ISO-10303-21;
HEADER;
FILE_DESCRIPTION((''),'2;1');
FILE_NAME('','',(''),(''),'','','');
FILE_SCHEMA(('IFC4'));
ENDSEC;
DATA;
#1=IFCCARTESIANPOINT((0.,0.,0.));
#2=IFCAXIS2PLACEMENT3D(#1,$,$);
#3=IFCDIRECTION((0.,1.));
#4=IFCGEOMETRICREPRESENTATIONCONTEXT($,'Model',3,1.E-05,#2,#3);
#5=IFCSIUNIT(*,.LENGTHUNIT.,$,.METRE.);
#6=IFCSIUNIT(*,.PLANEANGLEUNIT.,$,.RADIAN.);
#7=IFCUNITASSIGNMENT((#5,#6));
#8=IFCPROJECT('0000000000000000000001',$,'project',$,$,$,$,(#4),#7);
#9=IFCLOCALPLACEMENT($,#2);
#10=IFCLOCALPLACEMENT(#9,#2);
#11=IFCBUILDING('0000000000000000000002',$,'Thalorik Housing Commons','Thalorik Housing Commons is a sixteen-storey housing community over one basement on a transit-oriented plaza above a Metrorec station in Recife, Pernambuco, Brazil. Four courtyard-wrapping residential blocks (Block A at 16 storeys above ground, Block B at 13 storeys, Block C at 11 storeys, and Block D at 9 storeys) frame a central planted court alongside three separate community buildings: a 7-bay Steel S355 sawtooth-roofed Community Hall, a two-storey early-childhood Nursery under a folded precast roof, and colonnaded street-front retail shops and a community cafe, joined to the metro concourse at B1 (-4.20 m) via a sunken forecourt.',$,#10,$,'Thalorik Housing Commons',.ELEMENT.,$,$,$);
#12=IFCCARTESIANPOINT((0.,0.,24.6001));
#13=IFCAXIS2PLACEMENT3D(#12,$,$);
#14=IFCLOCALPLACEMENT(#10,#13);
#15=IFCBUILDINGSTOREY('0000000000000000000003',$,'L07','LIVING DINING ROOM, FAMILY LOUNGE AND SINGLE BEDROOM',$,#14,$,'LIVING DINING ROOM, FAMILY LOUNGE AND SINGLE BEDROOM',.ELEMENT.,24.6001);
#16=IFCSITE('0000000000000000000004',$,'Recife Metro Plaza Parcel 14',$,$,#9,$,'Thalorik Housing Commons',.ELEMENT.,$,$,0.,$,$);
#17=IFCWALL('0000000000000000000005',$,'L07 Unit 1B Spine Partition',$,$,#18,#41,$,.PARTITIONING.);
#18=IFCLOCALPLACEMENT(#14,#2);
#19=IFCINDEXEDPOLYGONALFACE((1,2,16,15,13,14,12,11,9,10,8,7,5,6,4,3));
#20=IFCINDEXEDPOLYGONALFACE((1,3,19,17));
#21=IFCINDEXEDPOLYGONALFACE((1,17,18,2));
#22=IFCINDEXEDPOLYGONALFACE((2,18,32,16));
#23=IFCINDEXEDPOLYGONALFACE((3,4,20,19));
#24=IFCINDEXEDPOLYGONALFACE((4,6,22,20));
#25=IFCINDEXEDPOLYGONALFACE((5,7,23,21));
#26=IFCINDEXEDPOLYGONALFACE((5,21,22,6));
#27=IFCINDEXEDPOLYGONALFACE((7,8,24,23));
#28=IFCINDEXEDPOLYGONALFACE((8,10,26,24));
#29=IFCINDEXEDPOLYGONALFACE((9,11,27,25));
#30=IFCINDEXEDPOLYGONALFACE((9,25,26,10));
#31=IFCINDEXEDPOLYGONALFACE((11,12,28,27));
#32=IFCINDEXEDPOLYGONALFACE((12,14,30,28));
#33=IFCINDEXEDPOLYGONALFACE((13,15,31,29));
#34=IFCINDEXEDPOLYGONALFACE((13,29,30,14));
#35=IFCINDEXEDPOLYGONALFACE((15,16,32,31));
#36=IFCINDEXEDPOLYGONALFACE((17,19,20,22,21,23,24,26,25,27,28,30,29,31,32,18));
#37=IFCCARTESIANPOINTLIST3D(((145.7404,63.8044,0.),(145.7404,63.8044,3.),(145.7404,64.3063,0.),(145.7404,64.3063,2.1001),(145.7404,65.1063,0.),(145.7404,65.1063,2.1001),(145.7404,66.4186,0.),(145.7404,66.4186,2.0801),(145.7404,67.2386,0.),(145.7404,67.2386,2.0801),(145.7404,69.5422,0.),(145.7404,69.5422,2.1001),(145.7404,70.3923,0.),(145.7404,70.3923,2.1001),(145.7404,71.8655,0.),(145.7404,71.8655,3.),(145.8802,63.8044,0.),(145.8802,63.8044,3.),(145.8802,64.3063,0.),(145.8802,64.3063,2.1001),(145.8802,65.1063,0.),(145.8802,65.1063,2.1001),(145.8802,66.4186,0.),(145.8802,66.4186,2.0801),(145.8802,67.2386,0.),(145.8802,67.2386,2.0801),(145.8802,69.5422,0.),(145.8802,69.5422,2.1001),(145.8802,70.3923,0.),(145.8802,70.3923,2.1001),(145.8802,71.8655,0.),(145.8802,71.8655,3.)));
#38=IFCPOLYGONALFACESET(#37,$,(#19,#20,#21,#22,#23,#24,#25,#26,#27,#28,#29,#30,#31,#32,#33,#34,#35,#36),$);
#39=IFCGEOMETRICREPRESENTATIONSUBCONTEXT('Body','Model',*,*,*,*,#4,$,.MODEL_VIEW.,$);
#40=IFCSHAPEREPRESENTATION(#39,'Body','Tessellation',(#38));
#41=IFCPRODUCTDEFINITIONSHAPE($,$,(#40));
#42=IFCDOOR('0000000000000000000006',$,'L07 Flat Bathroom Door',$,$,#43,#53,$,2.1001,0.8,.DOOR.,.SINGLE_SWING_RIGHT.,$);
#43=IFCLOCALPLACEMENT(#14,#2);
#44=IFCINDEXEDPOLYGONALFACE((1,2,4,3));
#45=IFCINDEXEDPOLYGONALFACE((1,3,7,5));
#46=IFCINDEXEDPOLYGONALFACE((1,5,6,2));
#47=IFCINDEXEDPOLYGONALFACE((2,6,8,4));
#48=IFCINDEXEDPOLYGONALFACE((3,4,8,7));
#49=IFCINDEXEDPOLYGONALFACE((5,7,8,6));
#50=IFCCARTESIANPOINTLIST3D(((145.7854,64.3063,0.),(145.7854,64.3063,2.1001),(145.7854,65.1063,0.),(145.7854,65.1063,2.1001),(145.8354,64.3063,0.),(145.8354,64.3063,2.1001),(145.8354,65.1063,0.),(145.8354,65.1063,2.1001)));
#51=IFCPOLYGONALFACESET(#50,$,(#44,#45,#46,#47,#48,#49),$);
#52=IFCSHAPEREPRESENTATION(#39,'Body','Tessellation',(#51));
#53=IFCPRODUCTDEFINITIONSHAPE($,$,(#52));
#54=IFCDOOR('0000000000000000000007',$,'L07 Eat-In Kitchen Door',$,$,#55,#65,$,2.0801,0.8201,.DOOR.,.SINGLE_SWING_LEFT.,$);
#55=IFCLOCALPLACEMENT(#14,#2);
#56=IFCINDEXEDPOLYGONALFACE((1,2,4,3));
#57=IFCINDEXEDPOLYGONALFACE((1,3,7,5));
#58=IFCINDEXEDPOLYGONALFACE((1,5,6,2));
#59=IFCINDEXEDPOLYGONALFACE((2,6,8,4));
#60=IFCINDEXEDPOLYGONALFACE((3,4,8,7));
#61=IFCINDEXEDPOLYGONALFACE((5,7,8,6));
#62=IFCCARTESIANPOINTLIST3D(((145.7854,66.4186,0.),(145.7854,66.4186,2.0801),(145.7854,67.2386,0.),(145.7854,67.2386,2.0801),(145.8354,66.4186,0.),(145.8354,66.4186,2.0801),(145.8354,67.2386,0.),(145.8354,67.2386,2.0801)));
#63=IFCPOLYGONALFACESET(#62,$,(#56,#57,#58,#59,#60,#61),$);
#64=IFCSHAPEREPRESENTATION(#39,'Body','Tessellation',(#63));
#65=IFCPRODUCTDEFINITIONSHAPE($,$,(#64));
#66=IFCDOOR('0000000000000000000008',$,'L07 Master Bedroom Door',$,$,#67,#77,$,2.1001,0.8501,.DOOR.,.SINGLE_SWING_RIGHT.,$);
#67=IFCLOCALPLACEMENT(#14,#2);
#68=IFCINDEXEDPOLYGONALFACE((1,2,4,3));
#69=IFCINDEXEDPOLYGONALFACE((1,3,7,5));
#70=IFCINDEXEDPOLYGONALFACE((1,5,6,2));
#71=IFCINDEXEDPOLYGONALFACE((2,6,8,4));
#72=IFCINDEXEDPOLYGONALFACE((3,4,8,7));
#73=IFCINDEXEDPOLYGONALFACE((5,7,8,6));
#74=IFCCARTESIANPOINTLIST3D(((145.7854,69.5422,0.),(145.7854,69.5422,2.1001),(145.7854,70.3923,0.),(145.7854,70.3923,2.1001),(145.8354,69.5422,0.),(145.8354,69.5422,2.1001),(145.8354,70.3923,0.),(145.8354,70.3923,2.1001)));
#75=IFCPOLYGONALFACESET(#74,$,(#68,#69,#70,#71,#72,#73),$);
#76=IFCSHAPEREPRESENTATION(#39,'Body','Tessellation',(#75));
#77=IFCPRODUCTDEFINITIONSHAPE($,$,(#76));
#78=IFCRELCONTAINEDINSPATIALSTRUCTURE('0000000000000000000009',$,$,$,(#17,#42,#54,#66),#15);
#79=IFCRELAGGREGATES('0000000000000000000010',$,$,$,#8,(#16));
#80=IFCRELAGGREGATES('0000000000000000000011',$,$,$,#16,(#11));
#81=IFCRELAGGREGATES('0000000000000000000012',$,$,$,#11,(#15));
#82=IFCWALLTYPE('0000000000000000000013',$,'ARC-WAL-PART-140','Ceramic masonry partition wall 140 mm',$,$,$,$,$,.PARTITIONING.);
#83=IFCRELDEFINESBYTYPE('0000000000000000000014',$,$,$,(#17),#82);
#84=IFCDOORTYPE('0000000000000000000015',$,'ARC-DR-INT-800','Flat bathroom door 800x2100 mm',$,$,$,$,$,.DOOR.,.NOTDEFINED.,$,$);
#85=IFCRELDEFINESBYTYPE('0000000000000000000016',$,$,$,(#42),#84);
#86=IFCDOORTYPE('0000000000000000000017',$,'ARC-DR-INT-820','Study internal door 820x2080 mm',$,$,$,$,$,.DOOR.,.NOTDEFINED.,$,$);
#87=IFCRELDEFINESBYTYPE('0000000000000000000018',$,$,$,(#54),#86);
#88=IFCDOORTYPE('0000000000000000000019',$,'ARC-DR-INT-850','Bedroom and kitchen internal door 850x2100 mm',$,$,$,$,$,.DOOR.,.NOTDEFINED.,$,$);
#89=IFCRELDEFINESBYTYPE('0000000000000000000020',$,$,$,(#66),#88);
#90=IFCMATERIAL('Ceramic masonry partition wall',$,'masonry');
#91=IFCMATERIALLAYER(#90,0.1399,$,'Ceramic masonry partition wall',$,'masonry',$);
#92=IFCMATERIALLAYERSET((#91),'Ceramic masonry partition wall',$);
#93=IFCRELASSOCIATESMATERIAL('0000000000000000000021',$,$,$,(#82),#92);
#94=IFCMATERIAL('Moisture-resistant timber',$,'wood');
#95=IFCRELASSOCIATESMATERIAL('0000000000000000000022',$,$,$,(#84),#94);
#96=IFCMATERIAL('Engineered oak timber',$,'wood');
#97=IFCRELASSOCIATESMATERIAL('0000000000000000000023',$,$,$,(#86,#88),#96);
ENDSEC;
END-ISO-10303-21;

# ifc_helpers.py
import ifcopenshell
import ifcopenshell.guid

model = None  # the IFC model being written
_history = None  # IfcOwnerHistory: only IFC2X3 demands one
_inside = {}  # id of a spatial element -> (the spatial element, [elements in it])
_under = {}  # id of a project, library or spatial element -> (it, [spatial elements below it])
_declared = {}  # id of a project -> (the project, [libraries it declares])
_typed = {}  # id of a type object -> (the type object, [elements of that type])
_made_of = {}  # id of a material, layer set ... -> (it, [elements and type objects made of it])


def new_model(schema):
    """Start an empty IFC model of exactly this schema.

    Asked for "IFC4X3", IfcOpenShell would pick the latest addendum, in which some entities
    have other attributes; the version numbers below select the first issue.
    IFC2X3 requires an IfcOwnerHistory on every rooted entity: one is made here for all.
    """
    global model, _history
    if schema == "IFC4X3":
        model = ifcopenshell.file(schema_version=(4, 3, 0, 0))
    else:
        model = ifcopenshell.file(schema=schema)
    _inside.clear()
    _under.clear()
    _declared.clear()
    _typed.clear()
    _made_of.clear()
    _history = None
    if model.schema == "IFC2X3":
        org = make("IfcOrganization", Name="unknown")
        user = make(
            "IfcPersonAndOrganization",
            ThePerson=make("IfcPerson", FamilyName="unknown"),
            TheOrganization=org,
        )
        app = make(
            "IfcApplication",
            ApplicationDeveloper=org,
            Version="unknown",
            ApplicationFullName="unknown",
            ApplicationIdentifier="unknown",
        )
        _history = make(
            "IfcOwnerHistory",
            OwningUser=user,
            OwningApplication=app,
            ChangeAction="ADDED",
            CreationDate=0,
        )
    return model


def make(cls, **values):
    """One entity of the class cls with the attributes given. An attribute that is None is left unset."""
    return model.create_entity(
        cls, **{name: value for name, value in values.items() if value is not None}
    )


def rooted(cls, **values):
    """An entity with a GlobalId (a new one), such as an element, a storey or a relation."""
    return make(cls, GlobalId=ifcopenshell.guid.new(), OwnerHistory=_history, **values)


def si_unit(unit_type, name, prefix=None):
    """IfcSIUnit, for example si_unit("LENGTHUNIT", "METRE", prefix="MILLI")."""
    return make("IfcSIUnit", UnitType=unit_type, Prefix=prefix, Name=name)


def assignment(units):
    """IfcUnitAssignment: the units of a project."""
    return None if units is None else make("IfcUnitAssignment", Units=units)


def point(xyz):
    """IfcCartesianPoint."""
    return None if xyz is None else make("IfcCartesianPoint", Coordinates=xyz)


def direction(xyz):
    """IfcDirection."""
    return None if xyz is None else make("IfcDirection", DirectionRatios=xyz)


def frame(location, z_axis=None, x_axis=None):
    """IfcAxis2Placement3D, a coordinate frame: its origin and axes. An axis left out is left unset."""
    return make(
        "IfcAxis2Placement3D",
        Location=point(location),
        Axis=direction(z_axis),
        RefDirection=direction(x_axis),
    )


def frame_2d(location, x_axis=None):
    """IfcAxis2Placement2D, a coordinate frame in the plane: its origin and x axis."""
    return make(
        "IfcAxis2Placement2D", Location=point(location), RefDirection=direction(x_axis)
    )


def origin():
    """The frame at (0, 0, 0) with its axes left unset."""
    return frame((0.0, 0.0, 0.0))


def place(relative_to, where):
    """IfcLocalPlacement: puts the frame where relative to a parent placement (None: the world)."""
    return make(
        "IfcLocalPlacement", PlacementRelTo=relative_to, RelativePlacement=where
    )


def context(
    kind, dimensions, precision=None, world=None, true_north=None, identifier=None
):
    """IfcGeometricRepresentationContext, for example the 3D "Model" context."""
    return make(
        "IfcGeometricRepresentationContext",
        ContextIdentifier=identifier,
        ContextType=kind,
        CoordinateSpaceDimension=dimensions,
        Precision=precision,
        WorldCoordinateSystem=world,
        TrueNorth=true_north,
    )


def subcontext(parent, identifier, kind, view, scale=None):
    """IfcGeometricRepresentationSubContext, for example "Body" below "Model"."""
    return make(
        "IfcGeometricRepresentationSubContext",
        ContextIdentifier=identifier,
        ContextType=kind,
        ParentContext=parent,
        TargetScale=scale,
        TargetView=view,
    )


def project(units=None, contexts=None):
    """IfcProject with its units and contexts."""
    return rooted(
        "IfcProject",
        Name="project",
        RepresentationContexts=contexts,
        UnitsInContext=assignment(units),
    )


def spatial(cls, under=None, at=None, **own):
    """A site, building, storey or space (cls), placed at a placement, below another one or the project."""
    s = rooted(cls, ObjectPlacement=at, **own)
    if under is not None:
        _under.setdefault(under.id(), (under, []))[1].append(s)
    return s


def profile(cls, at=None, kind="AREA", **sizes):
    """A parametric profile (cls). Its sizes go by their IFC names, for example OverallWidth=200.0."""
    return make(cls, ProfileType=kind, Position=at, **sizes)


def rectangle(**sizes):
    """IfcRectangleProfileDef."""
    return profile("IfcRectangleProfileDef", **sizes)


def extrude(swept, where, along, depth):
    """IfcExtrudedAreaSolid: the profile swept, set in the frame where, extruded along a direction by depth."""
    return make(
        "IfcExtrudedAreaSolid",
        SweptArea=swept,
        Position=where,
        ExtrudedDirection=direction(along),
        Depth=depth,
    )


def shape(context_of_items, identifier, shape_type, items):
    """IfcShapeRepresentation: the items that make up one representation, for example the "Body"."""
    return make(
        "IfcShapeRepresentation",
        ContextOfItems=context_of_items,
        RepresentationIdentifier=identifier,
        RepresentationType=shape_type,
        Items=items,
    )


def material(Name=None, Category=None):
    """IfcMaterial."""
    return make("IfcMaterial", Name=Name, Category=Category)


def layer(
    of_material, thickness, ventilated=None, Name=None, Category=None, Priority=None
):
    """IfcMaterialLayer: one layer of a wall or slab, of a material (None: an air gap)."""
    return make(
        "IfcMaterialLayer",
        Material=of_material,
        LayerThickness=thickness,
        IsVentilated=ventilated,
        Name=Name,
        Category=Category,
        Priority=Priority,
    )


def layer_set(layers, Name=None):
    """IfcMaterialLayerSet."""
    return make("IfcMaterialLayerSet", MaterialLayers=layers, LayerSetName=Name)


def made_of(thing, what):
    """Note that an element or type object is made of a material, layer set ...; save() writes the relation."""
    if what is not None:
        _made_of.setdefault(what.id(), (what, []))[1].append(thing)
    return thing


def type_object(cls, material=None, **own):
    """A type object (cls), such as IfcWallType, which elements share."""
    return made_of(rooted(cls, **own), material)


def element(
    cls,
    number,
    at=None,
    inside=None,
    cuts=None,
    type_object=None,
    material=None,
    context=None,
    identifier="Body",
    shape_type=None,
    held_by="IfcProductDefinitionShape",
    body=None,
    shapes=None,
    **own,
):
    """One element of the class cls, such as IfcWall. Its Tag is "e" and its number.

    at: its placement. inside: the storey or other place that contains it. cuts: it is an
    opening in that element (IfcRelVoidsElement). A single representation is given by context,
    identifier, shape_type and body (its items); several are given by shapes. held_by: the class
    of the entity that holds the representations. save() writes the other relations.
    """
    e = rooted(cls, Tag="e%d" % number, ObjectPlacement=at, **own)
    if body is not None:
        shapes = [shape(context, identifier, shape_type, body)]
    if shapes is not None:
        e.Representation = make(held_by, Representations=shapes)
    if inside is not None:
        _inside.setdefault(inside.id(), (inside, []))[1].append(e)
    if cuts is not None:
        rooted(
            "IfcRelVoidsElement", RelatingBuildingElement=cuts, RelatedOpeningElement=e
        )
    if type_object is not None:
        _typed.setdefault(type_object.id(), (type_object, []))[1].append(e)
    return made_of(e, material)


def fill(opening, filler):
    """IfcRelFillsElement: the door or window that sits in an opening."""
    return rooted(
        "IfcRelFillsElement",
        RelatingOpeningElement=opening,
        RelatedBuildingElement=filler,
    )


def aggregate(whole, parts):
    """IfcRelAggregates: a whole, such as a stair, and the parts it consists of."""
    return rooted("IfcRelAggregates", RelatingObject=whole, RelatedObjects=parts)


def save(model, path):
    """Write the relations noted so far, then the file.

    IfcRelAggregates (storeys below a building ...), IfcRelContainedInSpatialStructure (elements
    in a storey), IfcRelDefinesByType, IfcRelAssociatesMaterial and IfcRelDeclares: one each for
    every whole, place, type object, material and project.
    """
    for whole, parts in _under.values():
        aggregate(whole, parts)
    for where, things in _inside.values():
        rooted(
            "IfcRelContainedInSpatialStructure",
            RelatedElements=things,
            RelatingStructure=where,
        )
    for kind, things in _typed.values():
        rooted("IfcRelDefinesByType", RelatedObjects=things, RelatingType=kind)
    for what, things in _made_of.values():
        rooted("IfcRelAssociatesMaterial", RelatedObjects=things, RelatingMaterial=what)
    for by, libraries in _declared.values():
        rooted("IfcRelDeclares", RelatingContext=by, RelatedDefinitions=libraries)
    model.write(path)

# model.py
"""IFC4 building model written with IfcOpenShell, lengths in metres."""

from ifc_helpers import new_model, si_unit, direction, frame, frame_2d, origin, place, context, subcontext, project, spatial, rectangle, extrude, material, layer, layer_set, type_object, element, fill, save


model = new_model("IFC4")

# Units and contexts
model_context = context("Model", 3, precision=1e-05, world=origin(), true_north=direction((0.0, 1.0)))
body_context = subcontext(model_context, "Body", "Model", "MODEL_VIEW")
ifc_project = project(units=[si_unit("LENGTHUNIT", "METRE"), si_unit("PLANEANGLEUNIT", "RADIAN")], contexts=[model_context])

# Site, building, storey
site_placement = place(None, origin())
site = spatial("IfcSite", under=ifc_project, at=site_placement, Name="Recife Metro Plaza Parcel 14", LongName="Thalorik Housing Commons", CompositionType="ELEMENT", RefElevation=0.0)
building_placement = place(site_placement, origin())
building = spatial("IfcBuilding", under=site, at=building_placement, Name="Thalorik Housing Commons", Description="Thalorik Housing Commons is a sixteen-storey housing community over one basement on a transit-oriented plaza above a Metrorec station in Recife, Pernambuco, Brazil. Four courtyard-wrapping residential blocks (Block A at 16 storeys above ground, Block B at 13 storeys, Block C at 11 storeys, and Block D at 9 storeys) frame a central planted court alongside three separate community buildings: a 7-bay Steel S355 sawtooth-roofed Community Hall, a two-storey early-childhood Nursery under a folded precast roof, and colonnaded street-front retail shops and a community cafe, joined to the metro concourse at B1 (-4.20 m) via a sunken forecourt.", LongName="Thalorik Housing Commons", CompositionType="ELEMENT")
storey_placement = place(building_placement, frame((0.0, 0.0, 24.6001)))
storey = spatial("IfcBuildingStorey", under=building, at=storey_placement, Name="L07", Description="LIVING DINING ROOM, FAMILY LOUNGE AND SINGLE BEDROOM", LongName="LIVING DINING ROOM, FAMILY LOUNGE AND SINGLE BEDROOM", CompositionType="ELEMENT", Elevation=24.6001)

# Wall, openings, doors
ifc_material_1 = material(Name="Ceramic masonry partition wall", Category="masonry")
ifc_layer_1 = layer(ifc_material_1, 0.1399, Name="Ceramic masonry partition wall", Category="masonry")
ifc_layer_set_1 = layer_set([ifc_layer_1], Name="Ceramic masonry partition wall")
wall_type_1 = type_object("IfcWallType", Name="ARC-WAL-PART-140", Description="Ceramic masonry partition wall 140 mm", PredefinedType="PARTITIONING", material=ifc_layer_set_1)
wall_1_placement = place(storey_placement, frame((145.8103, 63.8044, 0.0), z_axis=(0.0, 0.0, 1.0), x_axis=(0.0, 1.0, 0.0)))
wall_1 = element("IfcWall", 1, at=wall_1_placement, inside=storey, type_object=wall_type_1, Name="L07 Unit 1B Spine Partition", PredefinedType="PARTITIONING", context=body_context, shape_type="SweptSolid", body=[
    extrude(rectangle(XDim=8.061, YDim=0.1399, at=frame_2d((4.0305, 0.0))), origin(), (0.0, 0.0, 1.0), 3.0),
])
opening_1_placement = place(wall_1_placement, frame((0.502, 0.0, 0.0)))
opening_1 = element("IfcOpeningElement", 2, at=opening_1_placement, cuts=wall_1, PredefinedType="OPENING", context=body_context, shape_type="SweptSolid", body=[
    extrude(rectangle(XDim=0.8, YDim=2.1001, at=frame_2d((0.3999, 1.05))), frame((0.0, 0.0801, 0.0), z_axis=(0.0, -1.0, 0.0), x_axis=(1.0, 0.0, 0.0)), (0.0, 0.0, 1.0), 0.1599),
])
opening_2_placement = place(wall_1_placement, frame((2.614, 0.0, 0.0)))
opening_2 = element("IfcOpeningElement", 3, at=opening_2_placement, cuts=wall_1, PredefinedType="OPENING", context=body_context, shape_type="SweptSolid", body=[
    extrude(rectangle(XDim=0.8201, YDim=2.0801, at=frame_2d((0.4102, 1.04))), frame((0.0, 0.0801, 0.0), z_axis=(0.0, -1.0, 0.0), x_axis=(1.0, 0.0, 0.0)), (0.0, 0.0, 1.0), 0.1599),
])
opening_3_placement = place(wall_1_placement, frame((5.7378, 0.0, 0.0)))
opening_3 = element("IfcOpeningElement", 4, at=opening_3_placement, cuts=wall_1, PredefinedType="OPENING", context=body_context, shape_type="SweptSolid", body=[
    extrude(rectangle(XDim=0.8501, YDim=2.1001, at=frame_2d((0.425, 1.05))), frame((0.0, 0.0801, 0.0), z_axis=(0.0, -1.0, 0.0), x_axis=(1.0, 0.0, 0.0)), (0.0, 0.0, 1.0), 0.1599),
])
ifc_material_2 = material(Name="Moisture-resistant timber", Category="wood")
door_type_1 = type_object("IfcDoorType", Name="ARC-DR-INT-800", Description="Flat bathroom door 800x2100 mm", OperationType="NOTDEFINED", PredefinedType="DOOR", material=ifc_material_2)
door_1_placement = place(opening_1_placement, origin())
door_1 = element("IfcDoor", 5, at=door_1_placement, inside=storey, type_object=door_type_1, Name="L07 Flat Bathroom Door", OperationType="SINGLE_SWING_RIGHT", OverallHeight=2.1001, OverallWidth=0.8, PredefinedType="DOOR", context=body_context, shape_type="SweptSolid", body=[
    extrude(rectangle(XDim=0.8, YDim=2.1001, at=frame_2d((0.3999, 1.05))), frame((0.0, 0.0249, 0.0), z_axis=(0.0, -1.0, 0.0), x_axis=(1.0, 0.0, 0.0)), (0.0, 0.0, 1.0), 0.05),
])
fill(opening_1, door_1)
ifc_material_3 = material(Name="Engineered oak timber", Category="wood")
door_type_2 = type_object("IfcDoorType", Name="ARC-DR-INT-820", Description="Study internal door 820x2080 mm", OperationType="NOTDEFINED", PredefinedType="DOOR", material=ifc_material_3)
door_2_placement = place(opening_2_placement, origin())
door_2 = element("IfcDoor", 6, at=door_2_placement, inside=storey, type_object=door_type_2, Name="L07 Eat-In Kitchen Door", OperationType="SINGLE_SWING_LEFT", OverallHeight=2.0801, OverallWidth=0.8201, PredefinedType="DOOR", context=body_context, shape_type="SweptSolid", body=[
    extrude(rectangle(XDim=0.8201, YDim=2.0801, at=frame_2d((0.4102, 1.04))), frame((0.0, 0.0249, 0.0), z_axis=(0.0, -1.0, 0.0), x_axis=(1.0, 0.0, 0.0)), (0.0, 0.0, 1.0), 0.05),
])
fill(opening_2, door_2)
door_type_3 = type_object("IfcDoorType", Name="ARC-DR-INT-850", Description="Bedroom and kitchen internal door 850x2100 mm", OperationType="NOTDEFINED", PredefinedType="DOOR", material=ifc_material_3)
door_3_placement = place(opening_3_placement, origin())
door_3 = element("IfcDoor", 7, at=door_3_placement, inside=storey, type_object=door_type_3, Name="L07 Master Bedroom Door", OperationType="SINGLE_SWING_RIGHT", OverallHeight=2.1001, OverallWidth=0.8501, PredefinedType="DOOR", context=body_context, shape_type="SweptSolid", body=[
    extrude(rectangle(XDim=0.8501, YDim=2.1001, at=frame_2d((0.425, 1.05))), frame((0.0, 0.0249, 0.0), z_axis=(0.0, -1.0, 0.0), x_axis=(1.0, 0.0, 0.0)), (0.0, 0.0, 1.0), 0.05),
])
fill(opening_3, door_3)

save(model, "model.ifc")
